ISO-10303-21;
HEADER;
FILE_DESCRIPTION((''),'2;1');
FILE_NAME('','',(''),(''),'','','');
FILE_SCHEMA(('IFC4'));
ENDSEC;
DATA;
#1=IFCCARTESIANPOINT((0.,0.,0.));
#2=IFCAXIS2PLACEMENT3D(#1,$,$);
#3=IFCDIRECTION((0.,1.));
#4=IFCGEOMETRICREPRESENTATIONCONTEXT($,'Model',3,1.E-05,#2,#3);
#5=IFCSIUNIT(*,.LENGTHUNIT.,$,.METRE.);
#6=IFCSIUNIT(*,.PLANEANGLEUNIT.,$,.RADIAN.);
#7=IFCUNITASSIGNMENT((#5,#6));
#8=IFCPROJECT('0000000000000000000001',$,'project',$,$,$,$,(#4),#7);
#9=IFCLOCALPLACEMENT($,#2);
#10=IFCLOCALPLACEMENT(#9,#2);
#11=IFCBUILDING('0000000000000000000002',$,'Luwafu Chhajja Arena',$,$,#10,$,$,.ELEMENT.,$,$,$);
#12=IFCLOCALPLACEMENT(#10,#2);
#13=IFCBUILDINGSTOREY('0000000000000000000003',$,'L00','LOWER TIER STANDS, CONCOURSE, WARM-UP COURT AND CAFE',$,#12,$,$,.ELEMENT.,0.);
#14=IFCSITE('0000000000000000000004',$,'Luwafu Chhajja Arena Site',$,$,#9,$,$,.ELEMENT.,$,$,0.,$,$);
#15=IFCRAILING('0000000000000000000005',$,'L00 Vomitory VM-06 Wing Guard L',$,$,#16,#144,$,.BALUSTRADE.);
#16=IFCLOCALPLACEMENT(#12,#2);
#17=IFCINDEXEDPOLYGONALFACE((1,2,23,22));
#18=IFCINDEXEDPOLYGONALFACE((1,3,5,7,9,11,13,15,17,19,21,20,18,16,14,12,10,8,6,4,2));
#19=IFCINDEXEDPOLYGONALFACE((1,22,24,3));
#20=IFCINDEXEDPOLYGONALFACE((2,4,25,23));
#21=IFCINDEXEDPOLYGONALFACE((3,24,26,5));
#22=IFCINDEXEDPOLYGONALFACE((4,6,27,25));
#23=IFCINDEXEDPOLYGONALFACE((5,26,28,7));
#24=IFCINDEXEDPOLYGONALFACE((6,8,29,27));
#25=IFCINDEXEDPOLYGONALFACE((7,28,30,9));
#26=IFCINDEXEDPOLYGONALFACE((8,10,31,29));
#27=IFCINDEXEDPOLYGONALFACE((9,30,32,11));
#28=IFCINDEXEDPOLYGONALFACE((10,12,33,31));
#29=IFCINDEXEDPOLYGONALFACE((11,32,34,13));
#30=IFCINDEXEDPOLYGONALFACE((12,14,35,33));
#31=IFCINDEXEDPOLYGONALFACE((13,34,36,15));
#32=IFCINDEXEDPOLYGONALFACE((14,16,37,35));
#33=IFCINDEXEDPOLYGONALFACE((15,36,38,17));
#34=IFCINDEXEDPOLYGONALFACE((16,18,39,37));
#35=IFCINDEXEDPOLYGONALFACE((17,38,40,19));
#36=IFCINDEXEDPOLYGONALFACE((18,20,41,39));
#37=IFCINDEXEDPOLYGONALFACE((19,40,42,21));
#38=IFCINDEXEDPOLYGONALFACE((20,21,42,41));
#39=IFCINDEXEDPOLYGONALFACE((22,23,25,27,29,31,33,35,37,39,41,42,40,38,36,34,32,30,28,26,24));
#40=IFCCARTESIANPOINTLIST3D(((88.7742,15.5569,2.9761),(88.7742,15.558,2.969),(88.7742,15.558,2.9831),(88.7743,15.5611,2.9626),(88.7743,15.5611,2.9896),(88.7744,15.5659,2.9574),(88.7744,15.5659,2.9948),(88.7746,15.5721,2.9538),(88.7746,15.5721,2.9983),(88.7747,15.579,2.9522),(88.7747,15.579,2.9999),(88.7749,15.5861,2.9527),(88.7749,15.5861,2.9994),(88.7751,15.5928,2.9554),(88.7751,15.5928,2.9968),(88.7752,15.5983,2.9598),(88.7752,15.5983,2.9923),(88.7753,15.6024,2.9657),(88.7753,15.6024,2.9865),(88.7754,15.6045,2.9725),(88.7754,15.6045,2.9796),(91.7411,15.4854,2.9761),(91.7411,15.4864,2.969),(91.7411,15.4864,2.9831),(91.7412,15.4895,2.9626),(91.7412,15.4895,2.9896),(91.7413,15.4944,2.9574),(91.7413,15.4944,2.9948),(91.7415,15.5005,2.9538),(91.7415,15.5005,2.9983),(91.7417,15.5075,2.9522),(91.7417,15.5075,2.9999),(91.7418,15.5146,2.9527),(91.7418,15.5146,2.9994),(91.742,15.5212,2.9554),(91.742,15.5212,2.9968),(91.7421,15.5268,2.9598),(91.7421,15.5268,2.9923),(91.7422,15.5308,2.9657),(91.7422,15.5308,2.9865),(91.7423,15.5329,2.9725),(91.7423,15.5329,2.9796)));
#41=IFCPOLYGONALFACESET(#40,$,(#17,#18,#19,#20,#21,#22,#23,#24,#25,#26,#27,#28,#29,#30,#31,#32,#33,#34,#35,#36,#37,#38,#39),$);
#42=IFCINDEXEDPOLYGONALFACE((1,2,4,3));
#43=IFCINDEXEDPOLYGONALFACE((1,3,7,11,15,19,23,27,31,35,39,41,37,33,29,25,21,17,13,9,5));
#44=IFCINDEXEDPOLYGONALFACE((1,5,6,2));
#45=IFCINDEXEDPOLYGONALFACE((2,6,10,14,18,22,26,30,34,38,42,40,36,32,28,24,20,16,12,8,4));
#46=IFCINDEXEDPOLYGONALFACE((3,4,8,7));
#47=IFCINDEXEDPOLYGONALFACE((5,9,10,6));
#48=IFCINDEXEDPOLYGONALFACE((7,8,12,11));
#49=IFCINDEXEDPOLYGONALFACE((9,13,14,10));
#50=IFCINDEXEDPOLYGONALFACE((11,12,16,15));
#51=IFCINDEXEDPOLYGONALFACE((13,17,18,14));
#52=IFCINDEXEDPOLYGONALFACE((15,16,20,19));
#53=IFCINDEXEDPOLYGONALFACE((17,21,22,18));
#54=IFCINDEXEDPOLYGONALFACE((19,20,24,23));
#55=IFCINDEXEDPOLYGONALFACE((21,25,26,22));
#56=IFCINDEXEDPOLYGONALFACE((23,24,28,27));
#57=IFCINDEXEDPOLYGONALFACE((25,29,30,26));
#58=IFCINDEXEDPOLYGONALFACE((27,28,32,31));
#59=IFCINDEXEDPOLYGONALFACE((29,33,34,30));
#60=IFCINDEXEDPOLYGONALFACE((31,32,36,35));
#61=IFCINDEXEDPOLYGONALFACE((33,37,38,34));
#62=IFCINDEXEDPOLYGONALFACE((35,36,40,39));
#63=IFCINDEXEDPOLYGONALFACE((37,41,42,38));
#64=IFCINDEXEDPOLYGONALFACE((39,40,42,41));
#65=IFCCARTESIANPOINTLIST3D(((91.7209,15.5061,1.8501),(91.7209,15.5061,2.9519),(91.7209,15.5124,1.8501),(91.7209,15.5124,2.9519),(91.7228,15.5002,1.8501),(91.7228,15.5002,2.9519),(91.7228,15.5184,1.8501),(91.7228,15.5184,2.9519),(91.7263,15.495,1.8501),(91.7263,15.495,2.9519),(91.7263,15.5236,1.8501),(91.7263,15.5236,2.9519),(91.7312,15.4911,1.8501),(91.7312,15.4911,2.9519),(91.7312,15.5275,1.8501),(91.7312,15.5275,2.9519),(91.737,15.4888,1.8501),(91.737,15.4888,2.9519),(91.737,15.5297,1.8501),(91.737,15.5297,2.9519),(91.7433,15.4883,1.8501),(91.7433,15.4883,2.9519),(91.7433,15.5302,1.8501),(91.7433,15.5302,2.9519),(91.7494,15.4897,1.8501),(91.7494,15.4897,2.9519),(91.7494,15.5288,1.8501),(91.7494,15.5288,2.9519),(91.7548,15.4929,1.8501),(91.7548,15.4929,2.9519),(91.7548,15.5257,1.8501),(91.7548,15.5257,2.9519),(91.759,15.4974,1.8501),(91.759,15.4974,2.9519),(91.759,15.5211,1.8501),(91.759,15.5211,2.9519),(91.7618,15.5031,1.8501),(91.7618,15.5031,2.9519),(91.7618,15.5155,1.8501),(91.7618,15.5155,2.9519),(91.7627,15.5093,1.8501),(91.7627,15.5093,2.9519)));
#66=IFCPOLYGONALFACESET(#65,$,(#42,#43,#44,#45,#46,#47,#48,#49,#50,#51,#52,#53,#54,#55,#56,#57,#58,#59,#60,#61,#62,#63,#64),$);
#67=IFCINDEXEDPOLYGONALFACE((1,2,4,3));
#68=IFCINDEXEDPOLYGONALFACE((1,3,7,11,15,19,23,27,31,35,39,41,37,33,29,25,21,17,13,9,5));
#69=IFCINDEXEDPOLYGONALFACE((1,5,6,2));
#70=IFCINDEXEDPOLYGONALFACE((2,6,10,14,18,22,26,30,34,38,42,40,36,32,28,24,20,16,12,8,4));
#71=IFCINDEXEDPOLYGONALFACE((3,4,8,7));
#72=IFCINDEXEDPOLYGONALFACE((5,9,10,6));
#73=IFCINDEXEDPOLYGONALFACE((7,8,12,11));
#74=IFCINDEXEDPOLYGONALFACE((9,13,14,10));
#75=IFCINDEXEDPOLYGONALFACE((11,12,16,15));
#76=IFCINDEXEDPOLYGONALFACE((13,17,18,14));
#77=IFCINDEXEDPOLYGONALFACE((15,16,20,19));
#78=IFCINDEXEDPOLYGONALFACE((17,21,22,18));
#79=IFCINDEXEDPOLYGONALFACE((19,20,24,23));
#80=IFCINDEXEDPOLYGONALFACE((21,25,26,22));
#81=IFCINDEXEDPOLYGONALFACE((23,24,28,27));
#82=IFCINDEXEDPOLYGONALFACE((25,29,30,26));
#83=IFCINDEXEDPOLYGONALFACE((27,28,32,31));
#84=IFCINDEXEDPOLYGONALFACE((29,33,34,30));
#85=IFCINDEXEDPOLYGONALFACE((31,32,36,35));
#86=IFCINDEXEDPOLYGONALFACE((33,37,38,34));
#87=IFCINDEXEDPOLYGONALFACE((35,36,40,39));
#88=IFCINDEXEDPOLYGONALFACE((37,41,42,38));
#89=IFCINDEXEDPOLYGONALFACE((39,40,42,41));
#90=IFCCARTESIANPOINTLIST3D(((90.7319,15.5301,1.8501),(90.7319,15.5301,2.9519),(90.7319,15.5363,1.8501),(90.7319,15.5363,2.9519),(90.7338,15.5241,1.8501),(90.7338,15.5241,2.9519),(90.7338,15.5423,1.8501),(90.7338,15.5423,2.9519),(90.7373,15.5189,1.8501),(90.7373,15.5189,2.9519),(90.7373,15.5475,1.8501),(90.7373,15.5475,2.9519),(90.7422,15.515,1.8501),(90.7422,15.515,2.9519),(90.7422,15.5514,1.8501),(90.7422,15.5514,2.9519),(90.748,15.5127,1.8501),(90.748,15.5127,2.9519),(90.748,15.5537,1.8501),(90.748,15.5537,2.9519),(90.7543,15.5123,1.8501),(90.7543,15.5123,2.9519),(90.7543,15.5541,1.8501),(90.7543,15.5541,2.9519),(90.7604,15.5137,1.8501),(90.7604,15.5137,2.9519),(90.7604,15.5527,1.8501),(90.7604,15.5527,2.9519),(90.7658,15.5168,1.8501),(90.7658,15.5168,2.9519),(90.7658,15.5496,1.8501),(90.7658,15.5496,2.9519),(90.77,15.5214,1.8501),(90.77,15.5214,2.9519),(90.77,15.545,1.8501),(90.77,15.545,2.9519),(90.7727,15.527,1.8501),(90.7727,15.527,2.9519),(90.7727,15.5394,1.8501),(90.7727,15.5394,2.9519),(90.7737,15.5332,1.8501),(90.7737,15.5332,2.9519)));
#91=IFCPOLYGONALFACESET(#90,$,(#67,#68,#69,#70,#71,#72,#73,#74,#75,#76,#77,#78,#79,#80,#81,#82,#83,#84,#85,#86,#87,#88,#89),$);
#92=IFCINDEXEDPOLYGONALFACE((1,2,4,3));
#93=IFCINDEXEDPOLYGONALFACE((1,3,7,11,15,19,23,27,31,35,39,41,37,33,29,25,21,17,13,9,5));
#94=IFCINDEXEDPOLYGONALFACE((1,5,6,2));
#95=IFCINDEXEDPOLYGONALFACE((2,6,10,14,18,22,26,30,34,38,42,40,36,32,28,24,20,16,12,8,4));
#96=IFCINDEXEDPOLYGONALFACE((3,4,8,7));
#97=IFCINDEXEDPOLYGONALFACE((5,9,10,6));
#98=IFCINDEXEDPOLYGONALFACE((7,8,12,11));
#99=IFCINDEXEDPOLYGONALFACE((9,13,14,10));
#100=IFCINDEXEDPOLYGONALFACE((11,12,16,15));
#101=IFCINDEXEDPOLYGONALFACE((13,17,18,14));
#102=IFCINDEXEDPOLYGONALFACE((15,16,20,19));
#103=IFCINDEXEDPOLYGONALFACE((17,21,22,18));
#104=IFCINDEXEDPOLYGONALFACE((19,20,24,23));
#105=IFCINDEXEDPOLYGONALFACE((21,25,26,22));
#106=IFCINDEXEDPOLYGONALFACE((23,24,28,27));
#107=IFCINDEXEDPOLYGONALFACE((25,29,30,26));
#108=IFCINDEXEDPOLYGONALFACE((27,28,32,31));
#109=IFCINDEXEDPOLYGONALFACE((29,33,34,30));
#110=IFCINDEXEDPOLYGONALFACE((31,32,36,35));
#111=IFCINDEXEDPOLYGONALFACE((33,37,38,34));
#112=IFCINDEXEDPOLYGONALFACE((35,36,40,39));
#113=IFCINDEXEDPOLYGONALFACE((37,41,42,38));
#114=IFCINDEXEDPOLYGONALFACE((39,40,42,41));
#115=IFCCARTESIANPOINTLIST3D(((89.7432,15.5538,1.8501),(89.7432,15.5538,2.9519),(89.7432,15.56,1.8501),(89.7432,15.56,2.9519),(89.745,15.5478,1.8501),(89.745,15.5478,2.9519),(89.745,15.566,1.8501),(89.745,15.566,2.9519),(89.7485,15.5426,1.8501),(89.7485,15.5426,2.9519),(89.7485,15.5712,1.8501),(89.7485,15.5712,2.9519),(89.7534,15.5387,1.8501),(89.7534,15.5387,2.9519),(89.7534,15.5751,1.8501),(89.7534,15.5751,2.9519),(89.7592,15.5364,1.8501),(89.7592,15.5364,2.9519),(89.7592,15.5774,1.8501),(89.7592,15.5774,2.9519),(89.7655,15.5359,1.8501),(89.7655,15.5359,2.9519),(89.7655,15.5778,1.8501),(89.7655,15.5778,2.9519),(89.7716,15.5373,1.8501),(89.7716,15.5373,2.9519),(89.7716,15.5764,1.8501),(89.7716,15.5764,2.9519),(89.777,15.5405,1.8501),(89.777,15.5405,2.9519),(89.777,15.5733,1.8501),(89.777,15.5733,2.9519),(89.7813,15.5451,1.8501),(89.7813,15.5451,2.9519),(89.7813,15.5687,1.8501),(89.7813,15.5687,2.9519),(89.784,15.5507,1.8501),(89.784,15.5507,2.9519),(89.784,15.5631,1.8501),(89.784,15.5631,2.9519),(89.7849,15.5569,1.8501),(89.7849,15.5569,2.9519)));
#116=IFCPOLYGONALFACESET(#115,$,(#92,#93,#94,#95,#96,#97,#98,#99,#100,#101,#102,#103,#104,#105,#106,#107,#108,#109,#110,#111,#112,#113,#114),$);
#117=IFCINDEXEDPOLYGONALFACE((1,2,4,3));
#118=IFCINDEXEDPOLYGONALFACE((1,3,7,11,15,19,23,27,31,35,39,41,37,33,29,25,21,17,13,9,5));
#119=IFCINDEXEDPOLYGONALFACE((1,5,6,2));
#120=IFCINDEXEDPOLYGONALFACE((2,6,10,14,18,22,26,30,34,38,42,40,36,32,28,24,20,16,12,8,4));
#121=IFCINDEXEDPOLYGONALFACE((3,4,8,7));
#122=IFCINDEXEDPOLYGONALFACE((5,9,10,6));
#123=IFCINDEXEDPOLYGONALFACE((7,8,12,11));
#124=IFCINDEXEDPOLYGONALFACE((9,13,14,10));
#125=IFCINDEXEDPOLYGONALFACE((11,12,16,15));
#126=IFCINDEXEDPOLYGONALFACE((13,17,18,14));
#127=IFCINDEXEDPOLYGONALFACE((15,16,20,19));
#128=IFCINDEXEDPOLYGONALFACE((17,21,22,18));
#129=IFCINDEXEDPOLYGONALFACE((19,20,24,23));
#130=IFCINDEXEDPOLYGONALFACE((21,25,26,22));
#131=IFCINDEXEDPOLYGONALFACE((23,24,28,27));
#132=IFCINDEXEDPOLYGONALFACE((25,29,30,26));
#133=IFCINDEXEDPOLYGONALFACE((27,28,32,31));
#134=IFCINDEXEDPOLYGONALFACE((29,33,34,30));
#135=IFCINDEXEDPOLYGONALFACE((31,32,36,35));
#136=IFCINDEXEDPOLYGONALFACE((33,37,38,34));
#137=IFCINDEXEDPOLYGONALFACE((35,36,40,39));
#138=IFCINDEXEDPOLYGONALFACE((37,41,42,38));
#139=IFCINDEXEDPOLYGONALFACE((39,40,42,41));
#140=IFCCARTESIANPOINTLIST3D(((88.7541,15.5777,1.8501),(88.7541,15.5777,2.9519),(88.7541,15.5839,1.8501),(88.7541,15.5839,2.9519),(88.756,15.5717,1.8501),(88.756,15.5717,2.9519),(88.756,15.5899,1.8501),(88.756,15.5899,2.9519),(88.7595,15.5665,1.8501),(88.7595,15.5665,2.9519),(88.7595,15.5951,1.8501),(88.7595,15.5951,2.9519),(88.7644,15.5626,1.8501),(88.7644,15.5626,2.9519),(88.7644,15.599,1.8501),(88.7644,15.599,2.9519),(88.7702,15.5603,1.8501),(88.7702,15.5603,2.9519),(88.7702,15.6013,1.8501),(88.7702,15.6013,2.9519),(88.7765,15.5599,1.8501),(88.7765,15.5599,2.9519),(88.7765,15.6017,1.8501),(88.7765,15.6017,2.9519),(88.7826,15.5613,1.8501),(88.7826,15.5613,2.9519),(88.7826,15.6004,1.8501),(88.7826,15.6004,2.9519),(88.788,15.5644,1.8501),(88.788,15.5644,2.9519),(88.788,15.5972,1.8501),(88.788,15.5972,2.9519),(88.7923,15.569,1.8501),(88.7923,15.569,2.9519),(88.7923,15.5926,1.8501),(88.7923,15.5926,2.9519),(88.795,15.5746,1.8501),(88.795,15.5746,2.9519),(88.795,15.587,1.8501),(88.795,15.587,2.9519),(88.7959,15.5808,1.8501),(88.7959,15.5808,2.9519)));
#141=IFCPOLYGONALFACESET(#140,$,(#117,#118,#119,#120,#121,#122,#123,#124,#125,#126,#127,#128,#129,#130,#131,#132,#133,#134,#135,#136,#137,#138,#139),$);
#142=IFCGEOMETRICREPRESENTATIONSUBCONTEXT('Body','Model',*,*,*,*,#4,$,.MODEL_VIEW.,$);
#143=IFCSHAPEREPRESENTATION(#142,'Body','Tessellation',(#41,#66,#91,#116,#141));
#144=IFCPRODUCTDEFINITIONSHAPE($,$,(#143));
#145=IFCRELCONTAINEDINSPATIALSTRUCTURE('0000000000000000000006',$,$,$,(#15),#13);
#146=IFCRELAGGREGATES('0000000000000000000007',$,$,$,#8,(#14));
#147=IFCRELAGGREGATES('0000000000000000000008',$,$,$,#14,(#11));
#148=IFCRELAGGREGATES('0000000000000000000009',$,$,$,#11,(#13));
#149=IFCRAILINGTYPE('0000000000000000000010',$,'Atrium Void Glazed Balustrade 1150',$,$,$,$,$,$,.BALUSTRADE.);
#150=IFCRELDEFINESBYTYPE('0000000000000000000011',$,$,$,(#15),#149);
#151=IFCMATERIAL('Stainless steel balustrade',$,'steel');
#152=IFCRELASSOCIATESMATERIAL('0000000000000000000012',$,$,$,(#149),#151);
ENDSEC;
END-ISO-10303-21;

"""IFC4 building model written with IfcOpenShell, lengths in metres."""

from ifc_helpers import new_model, si_unit, direction, frame, origin, origin_2d, place, context, subcontext, project, spatial, circle, extrude, material, type_object, element, save


model = new_model("IFC4")

# Units and contexts
model_context = context("Model", 3, precision=1e-05, world=origin(), true_north=direction((0.0, 1.0)))
body_context = subcontext(model_context, "Body", "Model", "MODEL_VIEW")
ifc_project = project(units=[si_unit("LENGTHUNIT", "METRE"), si_unit("PLANEANGLEUNIT", "RADIAN")], contexts=[model_context])

# Site, building, storey
site_placement = place(None, origin())
site = spatial("IfcSite", under=ifc_project, at=site_placement, Name="Luwafu Chhajja Arena Site", CompositionType="ELEMENT", RefElevation=0.0)
building_placement = place(site_placement, origin())
building = spatial("IfcBuilding", under=site, at=building_placement, Name="Luwafu Chhajja Arena", CompositionType="ELEMENT")
storey_placement = place(building_placement, origin())
storey = spatial("IfcBuildingStorey", under=building, at=storey_placement, Name="L00", Description="LOWER TIER STANDS, CONCOURSE, WARM-UP COURT AND CAFE", CompositionType="ELEMENT", Elevation=0.0)

# Railing
ifc_material_1 = material(Name="Stainless steel balustrade", Category="steel")
railing_type_1 = type_object("IfcRailingType", Name="Atrium Void Glazed Balustrade 1150", PredefinedType="BALUSTRADE", material=ifc_material_1)
for number, where, name in (
    (1, (91.7417, 15.5093, 1.8501), "L00 Vomitory VM-06 Wing Guard L"),
):
    element("IfcRailing", number, at=place(storey_placement, frame(where)), inside=storey, type_object=railing_type_1, Name=name, PredefinedType="BALUSTRADE", context=body_context, shape_type="SweptSolid", body=[
        extrude(circle(Radius=0.0239, at=origin_2d()), frame((0.0, 0.0, 1.126), z_axis=(-0.999709, 0.024104, 0.0), x_axis=(-0.024104, -0.999709, 0.0)), (0.0, 0.0, 1.0), 2.9678),
        extrude(circle(Radius=0.021, at=origin_2d()), origin(), (0.0, 0.0, 1.0), 1.1018),
        extrude(circle(Radius=0.021, at=origin_2d()), frame((-0.989, 0.0239, 0.0)), (0.0, 0.0, 1.0), 1.1018),
        extrude(circle(Radius=0.021, at=origin_2d()), frame((-1.9778, 0.0476, 0.0)), (0.0, 0.0, 1.0), 1.1018),
        extrude(circle(Radius=0.021, at=origin_2d()), frame((-2.9668, 0.0715, 0.0)), (0.0, 0.0, 1.0), 1.1018),
    ])

save(model, "model.ifc")
